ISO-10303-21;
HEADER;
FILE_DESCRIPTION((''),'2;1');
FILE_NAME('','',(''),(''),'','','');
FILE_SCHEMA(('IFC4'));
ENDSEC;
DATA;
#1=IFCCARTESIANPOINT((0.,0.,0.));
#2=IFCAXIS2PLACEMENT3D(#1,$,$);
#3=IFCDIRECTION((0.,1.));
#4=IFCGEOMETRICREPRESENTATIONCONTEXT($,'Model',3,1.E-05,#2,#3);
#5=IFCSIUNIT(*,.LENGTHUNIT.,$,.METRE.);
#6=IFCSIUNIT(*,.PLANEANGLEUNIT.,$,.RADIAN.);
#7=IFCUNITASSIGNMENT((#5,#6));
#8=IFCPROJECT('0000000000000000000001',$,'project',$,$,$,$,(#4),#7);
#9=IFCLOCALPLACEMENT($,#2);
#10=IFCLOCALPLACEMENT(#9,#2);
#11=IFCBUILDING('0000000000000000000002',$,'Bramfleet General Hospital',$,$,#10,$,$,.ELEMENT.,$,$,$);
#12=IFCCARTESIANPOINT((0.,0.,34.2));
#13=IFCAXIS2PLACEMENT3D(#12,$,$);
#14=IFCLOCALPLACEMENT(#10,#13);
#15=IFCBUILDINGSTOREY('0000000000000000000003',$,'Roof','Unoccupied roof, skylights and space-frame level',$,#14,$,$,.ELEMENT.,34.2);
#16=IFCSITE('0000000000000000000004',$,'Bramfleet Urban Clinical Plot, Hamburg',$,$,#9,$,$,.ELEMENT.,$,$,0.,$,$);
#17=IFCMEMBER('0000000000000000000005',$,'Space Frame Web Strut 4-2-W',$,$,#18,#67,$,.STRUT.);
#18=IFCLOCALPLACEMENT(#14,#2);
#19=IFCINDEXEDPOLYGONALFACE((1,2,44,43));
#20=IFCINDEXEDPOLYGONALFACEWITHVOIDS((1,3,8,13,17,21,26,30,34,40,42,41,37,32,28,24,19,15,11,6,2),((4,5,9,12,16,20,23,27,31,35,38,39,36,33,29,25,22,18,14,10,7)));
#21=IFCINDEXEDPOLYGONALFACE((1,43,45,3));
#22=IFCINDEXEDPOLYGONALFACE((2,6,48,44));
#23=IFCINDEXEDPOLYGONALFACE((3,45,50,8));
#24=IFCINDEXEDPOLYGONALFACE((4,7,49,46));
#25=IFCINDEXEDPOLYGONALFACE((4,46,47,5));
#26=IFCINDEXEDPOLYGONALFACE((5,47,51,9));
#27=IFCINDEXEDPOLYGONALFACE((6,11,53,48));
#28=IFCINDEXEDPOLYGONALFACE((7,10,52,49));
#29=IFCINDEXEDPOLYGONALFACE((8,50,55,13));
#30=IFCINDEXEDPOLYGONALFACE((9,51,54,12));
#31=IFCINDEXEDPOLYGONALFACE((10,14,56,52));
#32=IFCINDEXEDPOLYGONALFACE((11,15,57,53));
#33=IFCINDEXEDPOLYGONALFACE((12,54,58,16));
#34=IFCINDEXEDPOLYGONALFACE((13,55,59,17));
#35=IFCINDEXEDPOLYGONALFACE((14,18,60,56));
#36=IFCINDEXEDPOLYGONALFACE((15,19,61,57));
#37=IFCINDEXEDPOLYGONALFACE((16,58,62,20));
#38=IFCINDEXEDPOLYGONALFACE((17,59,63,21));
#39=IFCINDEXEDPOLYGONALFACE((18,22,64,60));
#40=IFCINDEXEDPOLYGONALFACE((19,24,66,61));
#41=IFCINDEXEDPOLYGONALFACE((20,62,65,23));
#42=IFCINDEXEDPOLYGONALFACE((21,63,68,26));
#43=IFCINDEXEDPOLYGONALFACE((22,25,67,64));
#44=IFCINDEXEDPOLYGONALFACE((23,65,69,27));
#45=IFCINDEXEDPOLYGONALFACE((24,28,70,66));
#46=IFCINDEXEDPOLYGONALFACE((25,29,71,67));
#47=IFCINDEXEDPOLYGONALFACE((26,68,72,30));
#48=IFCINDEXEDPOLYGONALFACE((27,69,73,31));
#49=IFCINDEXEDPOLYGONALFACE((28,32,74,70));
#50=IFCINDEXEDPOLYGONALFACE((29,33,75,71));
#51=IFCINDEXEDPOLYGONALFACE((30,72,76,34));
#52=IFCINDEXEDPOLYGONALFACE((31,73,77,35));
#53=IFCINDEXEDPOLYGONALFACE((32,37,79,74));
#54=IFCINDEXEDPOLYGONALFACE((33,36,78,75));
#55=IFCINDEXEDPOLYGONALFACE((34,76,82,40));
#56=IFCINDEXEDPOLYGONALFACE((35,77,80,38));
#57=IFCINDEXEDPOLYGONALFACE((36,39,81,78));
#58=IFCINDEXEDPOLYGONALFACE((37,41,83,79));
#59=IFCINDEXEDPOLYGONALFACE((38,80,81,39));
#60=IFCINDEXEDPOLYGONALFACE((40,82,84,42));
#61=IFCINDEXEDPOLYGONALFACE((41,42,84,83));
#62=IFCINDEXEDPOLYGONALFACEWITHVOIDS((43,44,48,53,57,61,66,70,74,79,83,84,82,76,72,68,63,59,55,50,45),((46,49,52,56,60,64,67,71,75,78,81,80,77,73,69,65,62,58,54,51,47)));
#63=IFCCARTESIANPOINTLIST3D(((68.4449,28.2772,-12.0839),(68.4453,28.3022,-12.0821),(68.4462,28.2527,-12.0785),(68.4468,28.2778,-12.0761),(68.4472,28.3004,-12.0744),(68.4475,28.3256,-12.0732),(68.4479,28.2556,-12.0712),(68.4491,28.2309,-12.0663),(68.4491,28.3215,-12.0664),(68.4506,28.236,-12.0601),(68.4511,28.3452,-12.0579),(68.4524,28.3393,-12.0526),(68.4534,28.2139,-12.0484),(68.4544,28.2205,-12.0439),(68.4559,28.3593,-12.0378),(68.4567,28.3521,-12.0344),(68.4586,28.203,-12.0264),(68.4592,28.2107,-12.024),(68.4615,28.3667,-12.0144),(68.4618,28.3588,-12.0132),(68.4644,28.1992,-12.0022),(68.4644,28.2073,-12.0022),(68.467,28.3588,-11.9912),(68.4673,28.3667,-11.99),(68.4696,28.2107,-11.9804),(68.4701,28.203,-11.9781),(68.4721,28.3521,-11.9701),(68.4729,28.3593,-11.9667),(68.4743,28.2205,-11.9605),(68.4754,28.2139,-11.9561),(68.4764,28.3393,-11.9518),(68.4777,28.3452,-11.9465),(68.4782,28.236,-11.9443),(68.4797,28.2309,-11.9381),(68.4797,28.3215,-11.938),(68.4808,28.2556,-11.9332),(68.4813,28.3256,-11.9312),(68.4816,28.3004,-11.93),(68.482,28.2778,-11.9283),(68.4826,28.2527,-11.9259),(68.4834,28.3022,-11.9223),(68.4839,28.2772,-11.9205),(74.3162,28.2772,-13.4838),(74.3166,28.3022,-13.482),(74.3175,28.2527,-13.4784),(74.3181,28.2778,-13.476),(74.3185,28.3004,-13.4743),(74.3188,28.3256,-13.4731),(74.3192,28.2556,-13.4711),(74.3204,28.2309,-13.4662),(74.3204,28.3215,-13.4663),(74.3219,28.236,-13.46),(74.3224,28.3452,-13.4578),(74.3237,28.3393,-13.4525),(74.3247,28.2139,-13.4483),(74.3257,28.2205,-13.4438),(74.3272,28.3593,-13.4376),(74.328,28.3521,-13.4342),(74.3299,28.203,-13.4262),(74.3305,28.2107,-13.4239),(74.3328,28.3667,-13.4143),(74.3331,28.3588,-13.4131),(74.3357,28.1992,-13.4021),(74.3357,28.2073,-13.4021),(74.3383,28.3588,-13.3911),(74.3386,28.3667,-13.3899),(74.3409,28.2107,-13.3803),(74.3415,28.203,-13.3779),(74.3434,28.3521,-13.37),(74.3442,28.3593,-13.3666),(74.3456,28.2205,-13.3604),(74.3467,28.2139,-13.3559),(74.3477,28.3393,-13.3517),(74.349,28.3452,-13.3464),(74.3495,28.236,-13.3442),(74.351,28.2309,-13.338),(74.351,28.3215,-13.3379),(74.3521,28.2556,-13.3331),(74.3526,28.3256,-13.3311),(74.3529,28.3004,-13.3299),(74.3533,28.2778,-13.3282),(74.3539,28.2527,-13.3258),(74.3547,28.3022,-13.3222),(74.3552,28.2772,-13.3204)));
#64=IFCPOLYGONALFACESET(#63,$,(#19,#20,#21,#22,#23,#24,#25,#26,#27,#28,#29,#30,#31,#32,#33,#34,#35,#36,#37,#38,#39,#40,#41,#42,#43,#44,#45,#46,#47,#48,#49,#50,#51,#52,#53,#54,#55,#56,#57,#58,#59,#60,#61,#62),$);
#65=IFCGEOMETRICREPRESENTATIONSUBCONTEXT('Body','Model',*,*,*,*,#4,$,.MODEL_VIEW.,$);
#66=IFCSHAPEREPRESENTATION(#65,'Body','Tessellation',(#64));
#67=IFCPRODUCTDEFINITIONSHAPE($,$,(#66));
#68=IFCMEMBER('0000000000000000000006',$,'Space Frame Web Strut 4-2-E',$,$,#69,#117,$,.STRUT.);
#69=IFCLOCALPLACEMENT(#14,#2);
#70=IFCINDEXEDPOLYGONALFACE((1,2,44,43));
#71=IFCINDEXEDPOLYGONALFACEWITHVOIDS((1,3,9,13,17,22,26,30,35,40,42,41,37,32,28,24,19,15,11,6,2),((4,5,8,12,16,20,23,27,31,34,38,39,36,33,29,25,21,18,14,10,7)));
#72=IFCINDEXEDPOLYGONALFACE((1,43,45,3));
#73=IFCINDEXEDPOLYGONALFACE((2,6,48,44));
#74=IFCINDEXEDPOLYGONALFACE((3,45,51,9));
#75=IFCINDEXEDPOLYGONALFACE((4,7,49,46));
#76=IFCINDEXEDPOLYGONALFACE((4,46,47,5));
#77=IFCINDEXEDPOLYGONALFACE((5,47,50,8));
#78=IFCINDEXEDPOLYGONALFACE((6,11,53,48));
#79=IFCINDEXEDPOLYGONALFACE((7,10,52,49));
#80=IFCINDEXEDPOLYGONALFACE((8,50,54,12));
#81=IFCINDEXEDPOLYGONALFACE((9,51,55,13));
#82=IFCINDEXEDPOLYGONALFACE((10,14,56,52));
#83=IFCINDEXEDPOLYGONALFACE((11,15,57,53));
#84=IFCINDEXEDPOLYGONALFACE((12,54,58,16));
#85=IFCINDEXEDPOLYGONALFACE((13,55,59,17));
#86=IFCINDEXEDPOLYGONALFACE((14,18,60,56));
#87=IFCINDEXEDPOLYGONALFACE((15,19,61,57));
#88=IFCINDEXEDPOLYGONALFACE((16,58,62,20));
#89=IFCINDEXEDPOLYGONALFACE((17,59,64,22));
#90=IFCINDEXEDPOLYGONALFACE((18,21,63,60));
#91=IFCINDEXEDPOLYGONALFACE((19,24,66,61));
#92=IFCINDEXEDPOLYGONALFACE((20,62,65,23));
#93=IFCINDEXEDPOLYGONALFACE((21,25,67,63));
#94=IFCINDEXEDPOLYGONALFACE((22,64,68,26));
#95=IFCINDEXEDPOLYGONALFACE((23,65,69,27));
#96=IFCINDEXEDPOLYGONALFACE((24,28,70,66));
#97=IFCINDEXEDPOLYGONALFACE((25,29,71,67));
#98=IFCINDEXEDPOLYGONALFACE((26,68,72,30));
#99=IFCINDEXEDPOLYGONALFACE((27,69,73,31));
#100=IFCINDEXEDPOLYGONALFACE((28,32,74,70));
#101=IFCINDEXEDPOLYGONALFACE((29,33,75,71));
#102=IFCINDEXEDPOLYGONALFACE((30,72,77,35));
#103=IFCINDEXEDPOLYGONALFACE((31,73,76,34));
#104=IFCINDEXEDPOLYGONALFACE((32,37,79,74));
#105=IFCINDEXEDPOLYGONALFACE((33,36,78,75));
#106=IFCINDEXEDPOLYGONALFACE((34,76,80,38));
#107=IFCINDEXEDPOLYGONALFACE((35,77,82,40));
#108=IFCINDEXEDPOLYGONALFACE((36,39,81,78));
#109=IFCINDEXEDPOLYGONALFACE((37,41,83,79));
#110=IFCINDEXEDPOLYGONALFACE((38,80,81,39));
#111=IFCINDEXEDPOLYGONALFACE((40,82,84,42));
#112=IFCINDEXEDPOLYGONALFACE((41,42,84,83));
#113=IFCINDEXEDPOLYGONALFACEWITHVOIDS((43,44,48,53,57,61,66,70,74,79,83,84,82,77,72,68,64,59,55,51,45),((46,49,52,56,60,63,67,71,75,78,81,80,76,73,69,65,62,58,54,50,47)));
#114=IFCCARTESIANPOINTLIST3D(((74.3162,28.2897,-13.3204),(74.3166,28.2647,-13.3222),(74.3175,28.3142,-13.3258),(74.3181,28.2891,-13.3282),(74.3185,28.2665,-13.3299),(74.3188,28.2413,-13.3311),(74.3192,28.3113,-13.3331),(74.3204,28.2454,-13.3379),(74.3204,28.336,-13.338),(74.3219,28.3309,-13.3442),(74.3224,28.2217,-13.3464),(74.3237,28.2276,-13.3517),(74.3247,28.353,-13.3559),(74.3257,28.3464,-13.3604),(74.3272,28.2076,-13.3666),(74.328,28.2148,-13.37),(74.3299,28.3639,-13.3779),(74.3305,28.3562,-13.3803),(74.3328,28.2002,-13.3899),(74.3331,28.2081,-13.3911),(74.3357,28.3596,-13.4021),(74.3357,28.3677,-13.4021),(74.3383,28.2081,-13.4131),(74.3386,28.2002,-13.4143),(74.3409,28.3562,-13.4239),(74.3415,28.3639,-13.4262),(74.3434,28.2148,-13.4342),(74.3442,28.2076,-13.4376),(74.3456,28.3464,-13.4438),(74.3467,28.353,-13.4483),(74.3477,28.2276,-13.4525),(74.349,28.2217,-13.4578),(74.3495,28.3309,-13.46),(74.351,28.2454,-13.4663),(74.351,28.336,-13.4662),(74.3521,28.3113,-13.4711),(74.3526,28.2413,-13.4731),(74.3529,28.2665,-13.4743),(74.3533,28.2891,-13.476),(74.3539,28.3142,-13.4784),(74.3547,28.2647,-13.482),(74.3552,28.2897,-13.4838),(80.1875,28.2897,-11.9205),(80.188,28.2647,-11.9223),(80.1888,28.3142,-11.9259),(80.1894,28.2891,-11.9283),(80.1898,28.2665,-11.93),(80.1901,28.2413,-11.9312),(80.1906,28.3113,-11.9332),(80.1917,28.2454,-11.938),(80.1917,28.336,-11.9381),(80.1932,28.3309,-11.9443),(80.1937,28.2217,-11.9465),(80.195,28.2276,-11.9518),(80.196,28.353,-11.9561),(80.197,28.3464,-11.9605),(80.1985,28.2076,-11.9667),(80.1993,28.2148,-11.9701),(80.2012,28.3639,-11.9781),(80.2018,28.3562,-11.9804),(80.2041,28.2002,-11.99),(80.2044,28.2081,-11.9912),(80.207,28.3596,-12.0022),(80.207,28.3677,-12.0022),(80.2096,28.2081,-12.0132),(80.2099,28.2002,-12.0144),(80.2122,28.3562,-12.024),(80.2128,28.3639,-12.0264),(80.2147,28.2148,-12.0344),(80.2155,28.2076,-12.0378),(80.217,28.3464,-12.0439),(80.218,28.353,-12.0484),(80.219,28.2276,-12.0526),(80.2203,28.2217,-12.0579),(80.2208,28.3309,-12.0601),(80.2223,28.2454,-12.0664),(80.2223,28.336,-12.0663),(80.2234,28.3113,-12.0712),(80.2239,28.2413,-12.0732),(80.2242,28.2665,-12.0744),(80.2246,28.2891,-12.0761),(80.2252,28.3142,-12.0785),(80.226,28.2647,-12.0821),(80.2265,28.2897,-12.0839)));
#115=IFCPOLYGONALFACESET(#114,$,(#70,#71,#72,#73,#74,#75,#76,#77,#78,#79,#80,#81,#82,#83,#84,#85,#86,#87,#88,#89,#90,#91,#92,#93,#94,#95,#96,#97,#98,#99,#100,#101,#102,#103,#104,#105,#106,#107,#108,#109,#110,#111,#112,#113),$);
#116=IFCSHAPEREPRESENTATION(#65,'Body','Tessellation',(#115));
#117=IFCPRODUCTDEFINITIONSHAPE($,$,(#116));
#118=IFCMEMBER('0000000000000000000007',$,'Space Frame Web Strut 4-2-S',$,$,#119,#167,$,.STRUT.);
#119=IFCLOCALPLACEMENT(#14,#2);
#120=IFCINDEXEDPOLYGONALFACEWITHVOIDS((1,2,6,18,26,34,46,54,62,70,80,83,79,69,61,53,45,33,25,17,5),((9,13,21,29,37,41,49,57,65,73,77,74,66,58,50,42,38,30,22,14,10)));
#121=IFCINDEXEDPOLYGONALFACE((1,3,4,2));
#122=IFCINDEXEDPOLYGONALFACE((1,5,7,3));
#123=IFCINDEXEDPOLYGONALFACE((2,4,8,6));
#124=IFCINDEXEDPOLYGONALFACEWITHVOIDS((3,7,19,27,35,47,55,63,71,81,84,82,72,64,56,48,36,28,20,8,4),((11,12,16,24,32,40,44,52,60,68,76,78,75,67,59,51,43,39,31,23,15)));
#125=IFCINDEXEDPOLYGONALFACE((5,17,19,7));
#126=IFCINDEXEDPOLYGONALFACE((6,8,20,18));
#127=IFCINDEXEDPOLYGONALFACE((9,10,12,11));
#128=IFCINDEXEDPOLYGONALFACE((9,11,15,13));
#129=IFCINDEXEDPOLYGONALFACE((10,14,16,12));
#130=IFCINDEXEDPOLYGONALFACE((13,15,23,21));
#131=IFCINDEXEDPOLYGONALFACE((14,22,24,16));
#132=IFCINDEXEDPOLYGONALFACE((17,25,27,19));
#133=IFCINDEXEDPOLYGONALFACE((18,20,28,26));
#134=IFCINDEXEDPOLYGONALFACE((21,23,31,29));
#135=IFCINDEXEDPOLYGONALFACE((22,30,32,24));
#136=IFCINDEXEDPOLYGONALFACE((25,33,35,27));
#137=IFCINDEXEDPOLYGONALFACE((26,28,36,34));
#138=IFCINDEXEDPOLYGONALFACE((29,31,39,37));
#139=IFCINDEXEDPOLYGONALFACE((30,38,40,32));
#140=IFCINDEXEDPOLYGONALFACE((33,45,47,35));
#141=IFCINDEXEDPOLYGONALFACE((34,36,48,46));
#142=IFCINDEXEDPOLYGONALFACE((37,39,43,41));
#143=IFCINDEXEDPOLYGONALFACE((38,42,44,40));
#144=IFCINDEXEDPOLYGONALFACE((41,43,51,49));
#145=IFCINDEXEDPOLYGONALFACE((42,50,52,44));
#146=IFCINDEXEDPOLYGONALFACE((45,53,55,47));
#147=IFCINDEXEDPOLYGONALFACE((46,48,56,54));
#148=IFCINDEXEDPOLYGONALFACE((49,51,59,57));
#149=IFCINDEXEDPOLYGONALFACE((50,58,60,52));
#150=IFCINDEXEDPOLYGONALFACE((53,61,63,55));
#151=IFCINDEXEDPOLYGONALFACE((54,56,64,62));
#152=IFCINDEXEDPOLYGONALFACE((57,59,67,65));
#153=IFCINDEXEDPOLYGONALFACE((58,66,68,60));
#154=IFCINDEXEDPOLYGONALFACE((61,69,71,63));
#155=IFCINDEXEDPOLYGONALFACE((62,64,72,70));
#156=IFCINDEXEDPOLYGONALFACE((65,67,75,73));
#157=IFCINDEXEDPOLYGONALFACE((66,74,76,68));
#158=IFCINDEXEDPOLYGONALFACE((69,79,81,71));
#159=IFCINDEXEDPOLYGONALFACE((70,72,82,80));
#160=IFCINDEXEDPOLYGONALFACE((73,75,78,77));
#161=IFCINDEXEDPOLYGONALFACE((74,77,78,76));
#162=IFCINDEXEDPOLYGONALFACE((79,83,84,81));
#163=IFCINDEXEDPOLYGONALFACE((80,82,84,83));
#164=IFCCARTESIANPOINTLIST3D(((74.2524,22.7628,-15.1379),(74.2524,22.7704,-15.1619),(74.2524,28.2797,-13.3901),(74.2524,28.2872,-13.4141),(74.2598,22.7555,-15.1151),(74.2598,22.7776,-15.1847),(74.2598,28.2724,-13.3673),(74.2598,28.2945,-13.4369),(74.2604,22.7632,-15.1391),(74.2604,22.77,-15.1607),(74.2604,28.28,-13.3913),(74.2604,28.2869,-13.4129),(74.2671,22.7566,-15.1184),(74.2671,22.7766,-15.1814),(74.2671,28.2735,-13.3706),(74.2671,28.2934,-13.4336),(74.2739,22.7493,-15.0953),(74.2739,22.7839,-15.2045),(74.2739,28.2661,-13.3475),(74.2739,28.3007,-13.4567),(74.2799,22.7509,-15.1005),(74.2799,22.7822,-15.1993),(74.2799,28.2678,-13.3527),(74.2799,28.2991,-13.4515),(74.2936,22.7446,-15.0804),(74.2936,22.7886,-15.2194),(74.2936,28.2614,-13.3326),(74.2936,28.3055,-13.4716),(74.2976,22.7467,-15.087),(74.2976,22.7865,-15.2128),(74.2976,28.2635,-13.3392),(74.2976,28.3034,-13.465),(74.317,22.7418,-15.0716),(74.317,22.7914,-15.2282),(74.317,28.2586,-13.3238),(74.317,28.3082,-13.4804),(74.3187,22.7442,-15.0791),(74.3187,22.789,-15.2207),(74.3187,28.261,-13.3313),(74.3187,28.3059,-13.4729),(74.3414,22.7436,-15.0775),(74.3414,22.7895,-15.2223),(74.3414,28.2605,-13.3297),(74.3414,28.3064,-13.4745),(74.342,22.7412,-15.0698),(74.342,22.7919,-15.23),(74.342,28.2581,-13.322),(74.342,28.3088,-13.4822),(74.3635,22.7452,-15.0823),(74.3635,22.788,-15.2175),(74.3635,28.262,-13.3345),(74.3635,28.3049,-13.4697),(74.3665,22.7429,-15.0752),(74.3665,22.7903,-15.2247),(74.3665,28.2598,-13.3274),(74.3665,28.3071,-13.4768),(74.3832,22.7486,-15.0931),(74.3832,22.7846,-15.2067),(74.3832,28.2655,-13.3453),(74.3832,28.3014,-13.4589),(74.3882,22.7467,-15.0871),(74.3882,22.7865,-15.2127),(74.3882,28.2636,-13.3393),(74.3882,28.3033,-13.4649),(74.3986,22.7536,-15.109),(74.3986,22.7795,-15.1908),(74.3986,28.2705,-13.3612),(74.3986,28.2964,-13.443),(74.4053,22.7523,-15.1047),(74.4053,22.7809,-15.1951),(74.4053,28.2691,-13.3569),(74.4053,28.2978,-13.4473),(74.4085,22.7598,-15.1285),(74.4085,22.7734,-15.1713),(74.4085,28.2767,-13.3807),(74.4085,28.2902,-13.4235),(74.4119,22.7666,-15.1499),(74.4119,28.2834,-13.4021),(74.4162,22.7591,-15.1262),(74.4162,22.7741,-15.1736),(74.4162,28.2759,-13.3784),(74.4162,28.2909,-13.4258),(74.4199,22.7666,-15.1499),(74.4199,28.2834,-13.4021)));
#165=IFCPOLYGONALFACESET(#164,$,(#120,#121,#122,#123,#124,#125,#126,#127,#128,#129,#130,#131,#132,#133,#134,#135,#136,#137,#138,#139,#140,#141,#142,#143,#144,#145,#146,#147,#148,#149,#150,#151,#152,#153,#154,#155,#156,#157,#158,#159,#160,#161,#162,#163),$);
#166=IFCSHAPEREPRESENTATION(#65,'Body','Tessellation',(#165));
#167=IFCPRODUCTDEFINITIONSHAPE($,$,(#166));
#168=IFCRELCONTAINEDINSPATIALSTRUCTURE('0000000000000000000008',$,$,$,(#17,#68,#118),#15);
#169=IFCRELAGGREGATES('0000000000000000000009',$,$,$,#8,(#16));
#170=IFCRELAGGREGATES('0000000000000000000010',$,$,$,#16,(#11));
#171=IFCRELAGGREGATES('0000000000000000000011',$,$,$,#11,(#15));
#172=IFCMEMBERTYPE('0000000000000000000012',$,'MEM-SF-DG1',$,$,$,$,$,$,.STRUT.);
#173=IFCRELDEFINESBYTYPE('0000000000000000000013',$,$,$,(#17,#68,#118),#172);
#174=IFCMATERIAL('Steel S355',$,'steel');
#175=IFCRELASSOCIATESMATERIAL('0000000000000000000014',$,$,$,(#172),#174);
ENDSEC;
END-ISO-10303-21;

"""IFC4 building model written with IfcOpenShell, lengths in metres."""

from ifc_helpers import new_model, si_unit, direction, frame, origin, origin_2d, place, context, subcontext, project, spatial, hollow_circle, extrude, material, material_profile, profile_set, type_object, element, save


model = new_model("IFC4")

# Units and contexts
model_context = context("Model", 3, precision=1e-05, world=origin(), true_north=direction((0.0, 1.0)))
body_context = subcontext(model_context, "Body", "Model", "MODEL_VIEW")
ifc_project = project(units=[si_unit("LENGTHUNIT", "METRE"), si_unit("PLANEANGLEUNIT", "RADIAN")], contexts=[model_context])

# Site, building, storey
site_placement = place(None, origin())
site = spatial("IfcSite", under=ifc_project, at=site_placement, Name="Bramfleet Urban Clinical Plot, Hamburg", CompositionType="ELEMENT", RefElevation=0.0)
building_placement = place(site_placement, origin())
building = spatial("IfcBuilding", under=site, at=building_placement, Name="Bramfleet General Hospital", CompositionType="ELEMENT")
storey_placement = place(building_placement, frame((0.0, 0.0, 34.2)))
storey = spatial("IfcBuildingStorey", under=building, at=storey_placement, Name="Roof", Description="Unoccupied roof, skylights and space-frame level", CompositionType="ELEMENT", Elevation=34.2)

# Members
ifc_material = material(Name="Steel S355", Category="steel")
ifc_material_profile_1 = material_profile(ifc_material, hollow_circle(Radius=0.0842, WallThickness=0.0081, at=origin_2d()), Name="CHS 168.3x8.0")
ifc_profile_set_1 = profile_set([ifc_material_profile_1], Name="Steel S355")
member_type_1 = type_object("IfcMemberType", Name="MEM-SF-DG1", PredefinedType="STRUT", material=ifc_profile_set_1)
for number, where, z_axis, x_axis, name in (
    (1, (74.3357, 28.2834, -13.4021), (-0.972733, 0.0, 0.231929), (0.0, -1.0, 0.0), "Space Frame Web Strut 4-2-W"),
    (2, (74.3357, 28.2834, -13.4021), (0.972733, 0.0, 0.231929), (0.0, 1.0, 0.0), "Space Frame Web Strut 4-2-E"),
):
    element("IfcMember", number, at=place(storey_placement, frame(where, z_axis=z_axis, x_axis=x_axis)), inside=storey, type_object=member_type_1, Name=name, PredefinedType="STRUT", context=body_context, shape_type="SweptSolid", body=[
        extrude(hollow_circle(Radius=0.0842, WallThickness=0.0081, at=origin_2d()), origin(), (0.0, 0.0, 1.0), 6.0359),
    ])
member_1_placement = place(storey_placement, frame((74.3357, 28.2834, -13.4021), z_axis=(0.0, -0.953302, -0.302018), x_axis=(1.0, 0.0, 0.0)))
element("IfcMember", 3, at=member_1_placement, inside=storey, type_object=member_type_1, Name="Space Frame Web Strut 4-2-S", PredefinedType="STRUT", context=body_context, shape_type="SweptSolid", body=[
    extrude(hollow_circle(Radius=0.0842, WallThickness=0.0081, at=origin_2d()), origin(), (0.0, 0.0, 1.0), 5.7871),
])

save(model, "model.ifc")
